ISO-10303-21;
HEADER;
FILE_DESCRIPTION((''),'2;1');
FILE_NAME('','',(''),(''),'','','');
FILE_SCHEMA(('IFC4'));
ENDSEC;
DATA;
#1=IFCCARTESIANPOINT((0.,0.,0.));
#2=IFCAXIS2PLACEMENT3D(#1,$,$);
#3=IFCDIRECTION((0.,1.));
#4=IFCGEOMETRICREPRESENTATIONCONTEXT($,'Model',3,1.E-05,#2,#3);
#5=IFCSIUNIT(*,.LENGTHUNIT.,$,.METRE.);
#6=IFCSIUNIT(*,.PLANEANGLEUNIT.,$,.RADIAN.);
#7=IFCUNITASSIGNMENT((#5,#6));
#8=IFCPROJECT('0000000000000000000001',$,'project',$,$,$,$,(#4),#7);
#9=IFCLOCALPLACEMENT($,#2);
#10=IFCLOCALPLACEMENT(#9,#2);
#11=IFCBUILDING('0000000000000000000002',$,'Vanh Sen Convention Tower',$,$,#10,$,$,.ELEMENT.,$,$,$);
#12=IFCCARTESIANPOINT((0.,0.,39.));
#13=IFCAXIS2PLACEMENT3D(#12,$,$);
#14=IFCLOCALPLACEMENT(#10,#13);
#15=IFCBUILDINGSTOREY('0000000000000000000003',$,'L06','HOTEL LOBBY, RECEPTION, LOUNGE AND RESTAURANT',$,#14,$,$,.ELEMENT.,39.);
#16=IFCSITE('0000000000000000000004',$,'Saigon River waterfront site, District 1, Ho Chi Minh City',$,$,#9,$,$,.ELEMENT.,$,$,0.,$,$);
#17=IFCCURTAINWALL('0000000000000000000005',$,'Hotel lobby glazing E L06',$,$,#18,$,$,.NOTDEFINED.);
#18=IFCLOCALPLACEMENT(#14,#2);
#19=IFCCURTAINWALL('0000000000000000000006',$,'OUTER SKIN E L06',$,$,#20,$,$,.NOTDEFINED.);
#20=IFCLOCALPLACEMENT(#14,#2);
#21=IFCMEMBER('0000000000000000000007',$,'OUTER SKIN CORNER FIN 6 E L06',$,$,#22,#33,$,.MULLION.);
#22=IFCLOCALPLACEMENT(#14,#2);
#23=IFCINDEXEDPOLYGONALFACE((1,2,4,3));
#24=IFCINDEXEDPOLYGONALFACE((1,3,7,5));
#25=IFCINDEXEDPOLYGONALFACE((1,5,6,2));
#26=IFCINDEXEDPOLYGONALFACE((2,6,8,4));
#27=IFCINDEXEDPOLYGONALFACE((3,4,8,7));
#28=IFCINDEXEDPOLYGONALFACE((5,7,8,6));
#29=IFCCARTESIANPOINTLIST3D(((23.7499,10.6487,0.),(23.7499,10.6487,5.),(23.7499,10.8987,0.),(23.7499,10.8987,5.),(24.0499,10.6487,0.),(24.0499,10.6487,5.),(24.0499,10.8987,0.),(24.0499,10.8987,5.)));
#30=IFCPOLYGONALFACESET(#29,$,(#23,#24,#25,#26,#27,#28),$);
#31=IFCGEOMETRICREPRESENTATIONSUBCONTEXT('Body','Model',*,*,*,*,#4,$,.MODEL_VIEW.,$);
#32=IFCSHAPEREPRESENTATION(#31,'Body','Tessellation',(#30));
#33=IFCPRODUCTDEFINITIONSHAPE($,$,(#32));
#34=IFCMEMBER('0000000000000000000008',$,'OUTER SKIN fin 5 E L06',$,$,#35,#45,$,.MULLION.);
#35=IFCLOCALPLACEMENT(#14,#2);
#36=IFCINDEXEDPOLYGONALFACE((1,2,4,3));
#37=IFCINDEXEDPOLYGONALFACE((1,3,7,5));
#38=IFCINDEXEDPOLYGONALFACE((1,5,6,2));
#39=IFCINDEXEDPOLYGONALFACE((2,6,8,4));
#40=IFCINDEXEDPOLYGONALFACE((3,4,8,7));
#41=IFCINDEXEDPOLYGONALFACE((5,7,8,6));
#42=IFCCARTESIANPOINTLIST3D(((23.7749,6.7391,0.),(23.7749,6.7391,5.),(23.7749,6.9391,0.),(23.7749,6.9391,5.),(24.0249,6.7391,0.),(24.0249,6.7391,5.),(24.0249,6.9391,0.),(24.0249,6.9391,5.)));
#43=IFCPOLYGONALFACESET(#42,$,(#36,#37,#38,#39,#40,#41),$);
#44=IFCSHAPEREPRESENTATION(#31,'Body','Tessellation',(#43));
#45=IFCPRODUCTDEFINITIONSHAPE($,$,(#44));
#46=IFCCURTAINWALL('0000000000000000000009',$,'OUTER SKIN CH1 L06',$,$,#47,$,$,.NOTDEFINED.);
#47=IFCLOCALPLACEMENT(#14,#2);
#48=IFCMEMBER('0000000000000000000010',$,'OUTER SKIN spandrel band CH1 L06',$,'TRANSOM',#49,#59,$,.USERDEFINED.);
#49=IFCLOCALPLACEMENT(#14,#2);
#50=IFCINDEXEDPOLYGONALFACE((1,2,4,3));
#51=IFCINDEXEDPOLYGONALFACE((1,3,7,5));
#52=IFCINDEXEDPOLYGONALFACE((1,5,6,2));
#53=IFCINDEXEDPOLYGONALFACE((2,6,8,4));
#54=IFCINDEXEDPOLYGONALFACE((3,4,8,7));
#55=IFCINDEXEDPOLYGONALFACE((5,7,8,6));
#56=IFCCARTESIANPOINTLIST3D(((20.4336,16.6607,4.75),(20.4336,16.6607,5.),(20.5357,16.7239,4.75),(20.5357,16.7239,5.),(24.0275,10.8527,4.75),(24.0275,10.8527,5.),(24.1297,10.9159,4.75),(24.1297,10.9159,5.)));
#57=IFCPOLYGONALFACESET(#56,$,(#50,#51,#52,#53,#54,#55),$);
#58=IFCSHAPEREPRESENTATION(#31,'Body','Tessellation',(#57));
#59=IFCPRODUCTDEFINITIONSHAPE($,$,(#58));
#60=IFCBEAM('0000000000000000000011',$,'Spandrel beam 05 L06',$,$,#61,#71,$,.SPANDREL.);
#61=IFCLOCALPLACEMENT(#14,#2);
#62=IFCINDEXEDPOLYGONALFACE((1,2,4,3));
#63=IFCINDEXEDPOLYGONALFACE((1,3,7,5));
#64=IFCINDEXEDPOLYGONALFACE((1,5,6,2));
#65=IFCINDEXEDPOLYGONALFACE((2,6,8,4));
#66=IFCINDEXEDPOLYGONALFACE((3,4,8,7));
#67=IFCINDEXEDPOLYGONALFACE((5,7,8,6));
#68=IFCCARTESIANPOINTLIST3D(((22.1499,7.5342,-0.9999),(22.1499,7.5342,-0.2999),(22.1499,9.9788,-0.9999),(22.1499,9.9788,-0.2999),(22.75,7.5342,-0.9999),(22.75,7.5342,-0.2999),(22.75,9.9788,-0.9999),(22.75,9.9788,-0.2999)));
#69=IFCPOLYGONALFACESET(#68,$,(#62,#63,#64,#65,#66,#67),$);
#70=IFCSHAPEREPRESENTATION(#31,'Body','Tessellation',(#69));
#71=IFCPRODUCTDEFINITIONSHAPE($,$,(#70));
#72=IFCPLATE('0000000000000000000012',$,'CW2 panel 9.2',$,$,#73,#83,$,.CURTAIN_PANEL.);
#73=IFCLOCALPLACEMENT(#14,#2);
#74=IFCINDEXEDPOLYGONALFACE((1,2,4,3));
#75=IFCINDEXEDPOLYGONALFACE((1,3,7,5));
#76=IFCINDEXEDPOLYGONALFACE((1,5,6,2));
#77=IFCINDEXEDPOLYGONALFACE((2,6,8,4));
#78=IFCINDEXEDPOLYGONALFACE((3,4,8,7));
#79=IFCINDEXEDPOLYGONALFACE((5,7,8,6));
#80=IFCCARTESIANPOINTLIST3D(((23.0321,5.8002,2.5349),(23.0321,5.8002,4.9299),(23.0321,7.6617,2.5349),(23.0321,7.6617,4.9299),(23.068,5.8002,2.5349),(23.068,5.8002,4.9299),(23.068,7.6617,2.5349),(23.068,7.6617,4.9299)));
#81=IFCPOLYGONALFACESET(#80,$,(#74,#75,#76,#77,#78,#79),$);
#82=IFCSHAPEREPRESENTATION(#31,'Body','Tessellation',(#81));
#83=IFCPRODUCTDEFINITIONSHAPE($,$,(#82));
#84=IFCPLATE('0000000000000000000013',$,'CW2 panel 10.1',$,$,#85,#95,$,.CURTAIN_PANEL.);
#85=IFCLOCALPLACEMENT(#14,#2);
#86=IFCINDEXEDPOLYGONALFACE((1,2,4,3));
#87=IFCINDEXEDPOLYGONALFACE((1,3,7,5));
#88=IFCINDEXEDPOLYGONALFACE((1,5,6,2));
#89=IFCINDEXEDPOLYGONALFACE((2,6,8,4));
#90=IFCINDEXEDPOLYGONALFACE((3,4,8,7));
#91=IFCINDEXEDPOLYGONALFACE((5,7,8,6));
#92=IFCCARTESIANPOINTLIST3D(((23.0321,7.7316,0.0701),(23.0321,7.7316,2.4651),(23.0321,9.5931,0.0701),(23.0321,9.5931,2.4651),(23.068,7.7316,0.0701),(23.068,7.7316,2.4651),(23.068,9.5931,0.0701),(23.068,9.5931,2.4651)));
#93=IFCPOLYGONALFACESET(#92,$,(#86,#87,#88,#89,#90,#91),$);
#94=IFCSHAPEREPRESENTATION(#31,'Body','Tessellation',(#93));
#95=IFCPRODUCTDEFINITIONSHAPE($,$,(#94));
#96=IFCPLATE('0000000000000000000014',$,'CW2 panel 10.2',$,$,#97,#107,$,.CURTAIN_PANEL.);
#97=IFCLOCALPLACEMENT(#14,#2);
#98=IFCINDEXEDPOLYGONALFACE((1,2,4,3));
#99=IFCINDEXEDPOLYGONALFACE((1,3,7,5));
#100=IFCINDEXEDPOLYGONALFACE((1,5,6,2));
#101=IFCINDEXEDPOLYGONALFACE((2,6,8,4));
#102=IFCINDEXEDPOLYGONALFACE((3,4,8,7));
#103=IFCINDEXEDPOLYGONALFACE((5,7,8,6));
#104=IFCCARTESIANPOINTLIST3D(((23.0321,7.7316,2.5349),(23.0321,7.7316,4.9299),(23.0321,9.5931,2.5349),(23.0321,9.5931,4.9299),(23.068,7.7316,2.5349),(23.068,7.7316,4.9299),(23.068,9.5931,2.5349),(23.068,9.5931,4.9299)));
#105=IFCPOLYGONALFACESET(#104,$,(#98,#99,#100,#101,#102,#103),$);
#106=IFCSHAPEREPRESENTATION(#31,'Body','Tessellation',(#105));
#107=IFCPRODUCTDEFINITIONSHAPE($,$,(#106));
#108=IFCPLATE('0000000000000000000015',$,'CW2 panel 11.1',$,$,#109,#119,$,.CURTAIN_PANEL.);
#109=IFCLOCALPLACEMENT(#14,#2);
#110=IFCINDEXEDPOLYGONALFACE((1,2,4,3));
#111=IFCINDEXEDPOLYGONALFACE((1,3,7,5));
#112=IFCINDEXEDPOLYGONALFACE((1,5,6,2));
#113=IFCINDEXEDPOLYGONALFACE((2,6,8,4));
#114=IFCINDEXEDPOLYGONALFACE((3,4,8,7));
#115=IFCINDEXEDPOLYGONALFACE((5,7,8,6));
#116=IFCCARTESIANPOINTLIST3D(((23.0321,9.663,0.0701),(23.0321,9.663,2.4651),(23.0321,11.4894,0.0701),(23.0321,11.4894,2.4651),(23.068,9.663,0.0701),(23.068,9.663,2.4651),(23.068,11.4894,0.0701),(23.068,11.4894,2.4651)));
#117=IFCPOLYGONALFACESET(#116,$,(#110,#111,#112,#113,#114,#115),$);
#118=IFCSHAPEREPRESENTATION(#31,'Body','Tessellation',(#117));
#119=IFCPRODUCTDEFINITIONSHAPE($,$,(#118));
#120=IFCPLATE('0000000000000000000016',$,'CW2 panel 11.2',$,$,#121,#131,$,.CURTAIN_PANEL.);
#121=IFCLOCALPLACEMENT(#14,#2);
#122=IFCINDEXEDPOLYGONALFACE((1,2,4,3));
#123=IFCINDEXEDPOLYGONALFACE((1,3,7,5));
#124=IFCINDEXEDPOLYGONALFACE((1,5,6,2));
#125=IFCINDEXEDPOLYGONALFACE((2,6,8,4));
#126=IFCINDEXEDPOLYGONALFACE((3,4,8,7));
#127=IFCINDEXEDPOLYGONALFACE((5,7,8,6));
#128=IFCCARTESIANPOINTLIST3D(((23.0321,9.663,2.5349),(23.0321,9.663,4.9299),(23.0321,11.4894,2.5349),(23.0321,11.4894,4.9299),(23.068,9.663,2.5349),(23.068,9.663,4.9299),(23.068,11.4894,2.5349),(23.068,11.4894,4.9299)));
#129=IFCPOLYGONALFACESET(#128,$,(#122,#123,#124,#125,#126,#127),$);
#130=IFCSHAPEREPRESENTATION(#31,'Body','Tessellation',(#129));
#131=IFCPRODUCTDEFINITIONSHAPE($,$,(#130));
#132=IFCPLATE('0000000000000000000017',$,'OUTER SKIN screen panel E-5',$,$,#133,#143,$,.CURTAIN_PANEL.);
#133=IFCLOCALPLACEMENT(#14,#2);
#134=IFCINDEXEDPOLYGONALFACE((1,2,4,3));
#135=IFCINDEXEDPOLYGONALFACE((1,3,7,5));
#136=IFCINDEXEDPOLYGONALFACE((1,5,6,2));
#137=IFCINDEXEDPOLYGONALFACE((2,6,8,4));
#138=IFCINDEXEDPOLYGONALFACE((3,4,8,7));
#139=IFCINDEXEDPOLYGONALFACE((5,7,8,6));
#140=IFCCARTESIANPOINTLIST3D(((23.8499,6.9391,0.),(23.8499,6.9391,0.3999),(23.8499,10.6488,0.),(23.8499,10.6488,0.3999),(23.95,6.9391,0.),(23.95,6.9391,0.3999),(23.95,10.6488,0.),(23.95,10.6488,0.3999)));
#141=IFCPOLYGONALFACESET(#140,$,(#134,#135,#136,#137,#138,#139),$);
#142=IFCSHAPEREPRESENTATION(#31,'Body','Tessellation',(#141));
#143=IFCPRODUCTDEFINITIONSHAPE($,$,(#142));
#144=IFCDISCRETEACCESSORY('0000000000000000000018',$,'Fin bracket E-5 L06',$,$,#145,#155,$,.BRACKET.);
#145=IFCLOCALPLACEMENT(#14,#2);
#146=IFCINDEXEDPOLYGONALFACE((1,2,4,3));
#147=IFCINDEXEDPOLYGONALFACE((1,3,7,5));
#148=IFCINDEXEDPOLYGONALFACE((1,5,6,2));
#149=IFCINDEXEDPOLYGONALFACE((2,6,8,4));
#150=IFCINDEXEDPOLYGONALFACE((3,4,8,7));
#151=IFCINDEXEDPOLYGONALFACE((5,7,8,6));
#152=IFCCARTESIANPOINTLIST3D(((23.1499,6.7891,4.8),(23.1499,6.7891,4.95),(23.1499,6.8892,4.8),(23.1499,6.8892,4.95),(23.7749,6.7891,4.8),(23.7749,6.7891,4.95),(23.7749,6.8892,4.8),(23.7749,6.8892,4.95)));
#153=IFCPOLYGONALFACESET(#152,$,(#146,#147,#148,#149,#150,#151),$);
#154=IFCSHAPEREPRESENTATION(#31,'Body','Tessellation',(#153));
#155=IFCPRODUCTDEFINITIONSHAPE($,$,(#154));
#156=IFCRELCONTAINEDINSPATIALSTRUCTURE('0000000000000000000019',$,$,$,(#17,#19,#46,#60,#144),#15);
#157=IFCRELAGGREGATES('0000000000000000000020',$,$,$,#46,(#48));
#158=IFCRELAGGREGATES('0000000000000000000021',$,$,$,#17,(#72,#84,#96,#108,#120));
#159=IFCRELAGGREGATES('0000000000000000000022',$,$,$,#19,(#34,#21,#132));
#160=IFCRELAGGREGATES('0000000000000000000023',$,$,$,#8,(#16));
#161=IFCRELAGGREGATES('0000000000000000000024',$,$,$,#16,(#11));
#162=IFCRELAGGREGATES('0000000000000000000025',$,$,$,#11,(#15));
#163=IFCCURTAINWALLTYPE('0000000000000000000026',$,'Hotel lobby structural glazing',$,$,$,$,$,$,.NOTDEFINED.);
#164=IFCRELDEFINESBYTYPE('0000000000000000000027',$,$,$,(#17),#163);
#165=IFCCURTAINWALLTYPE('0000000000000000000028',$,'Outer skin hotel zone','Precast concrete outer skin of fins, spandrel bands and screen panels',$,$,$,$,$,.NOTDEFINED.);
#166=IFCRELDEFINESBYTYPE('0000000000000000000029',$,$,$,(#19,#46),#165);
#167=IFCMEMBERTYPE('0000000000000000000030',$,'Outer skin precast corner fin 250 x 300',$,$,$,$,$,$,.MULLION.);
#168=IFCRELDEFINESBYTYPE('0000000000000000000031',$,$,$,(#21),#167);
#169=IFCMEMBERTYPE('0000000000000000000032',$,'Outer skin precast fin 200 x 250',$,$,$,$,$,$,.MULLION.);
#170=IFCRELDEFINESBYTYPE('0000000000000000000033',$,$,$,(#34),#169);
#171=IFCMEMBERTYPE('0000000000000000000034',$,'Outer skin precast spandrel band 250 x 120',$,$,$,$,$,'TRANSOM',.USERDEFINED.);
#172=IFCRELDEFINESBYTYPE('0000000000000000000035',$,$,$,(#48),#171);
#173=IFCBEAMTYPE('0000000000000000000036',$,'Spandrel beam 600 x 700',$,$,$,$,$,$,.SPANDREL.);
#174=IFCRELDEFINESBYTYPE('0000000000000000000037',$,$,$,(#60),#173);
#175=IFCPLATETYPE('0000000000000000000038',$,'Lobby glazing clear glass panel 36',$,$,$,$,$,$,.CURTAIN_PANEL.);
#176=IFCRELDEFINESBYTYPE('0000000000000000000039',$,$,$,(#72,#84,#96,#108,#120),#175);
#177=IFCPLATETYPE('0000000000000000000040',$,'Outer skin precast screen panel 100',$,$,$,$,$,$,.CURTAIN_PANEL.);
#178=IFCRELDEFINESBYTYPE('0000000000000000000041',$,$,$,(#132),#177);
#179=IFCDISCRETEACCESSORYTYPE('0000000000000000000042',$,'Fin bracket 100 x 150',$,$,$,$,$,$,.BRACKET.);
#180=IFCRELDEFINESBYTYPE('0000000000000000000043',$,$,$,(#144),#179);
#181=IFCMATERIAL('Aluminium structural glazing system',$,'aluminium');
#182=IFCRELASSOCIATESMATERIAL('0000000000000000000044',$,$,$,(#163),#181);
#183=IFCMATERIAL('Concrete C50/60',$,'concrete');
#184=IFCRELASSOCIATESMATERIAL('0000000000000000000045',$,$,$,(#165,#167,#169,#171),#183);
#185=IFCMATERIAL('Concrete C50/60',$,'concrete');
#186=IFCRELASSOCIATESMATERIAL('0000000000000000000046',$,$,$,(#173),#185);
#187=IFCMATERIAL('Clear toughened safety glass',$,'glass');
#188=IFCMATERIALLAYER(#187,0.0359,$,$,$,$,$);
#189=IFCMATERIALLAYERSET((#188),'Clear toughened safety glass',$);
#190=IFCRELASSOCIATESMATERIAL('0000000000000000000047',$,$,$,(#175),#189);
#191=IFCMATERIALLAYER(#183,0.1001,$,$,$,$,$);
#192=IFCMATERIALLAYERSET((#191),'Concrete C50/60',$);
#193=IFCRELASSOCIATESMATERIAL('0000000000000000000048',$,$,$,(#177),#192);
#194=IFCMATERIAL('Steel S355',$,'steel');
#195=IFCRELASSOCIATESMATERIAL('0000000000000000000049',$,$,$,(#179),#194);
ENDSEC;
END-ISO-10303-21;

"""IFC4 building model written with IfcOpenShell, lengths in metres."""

from ifc_helpers import new_model, si_unit, direction, frame, origin, origin_2d, place, context, subcontext, project, spatial, rectangle, extrude, material, layer, layer_set, material_profile, profile_set, type_object, element, aggregate, save


model = new_model("IFC4")

# Units and contexts
model_context = context("Model", 3, precision=1e-05, world=origin(), true_north=direction((0.0, 1.0)))
body_context = subcontext(model_context, "Body", "Model", "MODEL_VIEW")
ifc_project = project(units=[si_unit("LENGTHUNIT", "METRE"), si_unit("PLANEANGLEUNIT", "RADIAN")], contexts=[model_context])

# Site, building, storey
site_placement = place(None, origin())
site = spatial("IfcSite", under=ifc_project, at=site_placement, Name="Saigon River waterfront site, District 1, Ho Chi Minh City", CompositionType="ELEMENT", RefElevation=0.0)
building_placement = place(site_placement, origin())
building = spatial("IfcBuilding", under=site, at=building_placement, Name="Vanh Sen Convention Tower", CompositionType="ELEMENT")
storey_placement = place(building_placement, frame((0.0, 0.0, 39.0)))
storey = spatial("IfcBuildingStorey", under=building, at=storey_placement, Name="L06", Description="HOTEL LOBBY, RECEPTION, LOUNGE AND RESTAURANT", CompositionType="ELEMENT", Elevation=39.0)

# Curtain wall
ifc_material_1 = material(Name="Aluminium structural glazing system", Category="aluminium")
curtain_wall_type_1 = type_object("IfcCurtainWallType", Name="Hotel lobby structural glazing", PredefinedType="NOTDEFINED", material=ifc_material_1)
curtain_wall_1_placement = place(storey_placement, origin())
curtain_wall_1 = element("IfcCurtainWall", 1, at=curtain_wall_1_placement, inside=storey, type_object=curtain_wall_type_1, Name="Hotel lobby glazing E L06", PredefinedType="NOTDEFINED")

# Curtain wall, members
ifc_material_2 = material(Name="Concrete C50/60", Category="concrete")
curtain_wall_type_2 = type_object("IfcCurtainWallType", Name="Outer skin hotel zone", Description="Precast concrete outer skin of fins, spandrel bands and screen panels", PredefinedType="NOTDEFINED", material=ifc_material_2)
curtain_wall_2_placement = place(storey_placement, origin())
curtain_wall_2 = element("IfcCurtainWall", 2, at=curtain_wall_2_placement, inside=storey, type_object=curtain_wall_type_2, Name="OUTER SKIN E L06", PredefinedType="NOTDEFINED")
ifc_material_profile_1 = material_profile(ifc_material_2, rectangle(XDim=0.25, YDim=0.3, at=origin_2d()), Name="Outer skin precast corner fin 250 x 300")
ifc_profile_set_1 = profile_set([ifc_material_profile_1], Name="Concrete C50/60")
member_type_1 = type_object("IfcMemberType", Name="Outer skin precast corner fin 250 x 300", PredefinedType="MULLION", material=ifc_profile_set_1)
member_1_placement = place(storey_placement, frame((23.8999, 10.7737, 0.0), z_axis=(0.0, 0.0, 1.0), x_axis=(0.0, 1.0, 0.0)))
member_1 = element("IfcMember", 3, at=member_1_placement, type_object=member_type_1, Name="OUTER SKIN CORNER FIN 6 E L06", PredefinedType="MULLION", context=body_context, shape_type="SweptSolid", body=[
    extrude(rectangle(XDim=0.25, YDim=0.3, at=origin_2d()), origin(), (0.0, 0.0, 1.0), 5.0),
])
ifc_material_profile_2 = material_profile(ifc_material_2, rectangle(XDim=0.2, YDim=0.25, at=origin_2d()), Name="Outer skin precast fin 200 x 250")
ifc_profile_set_2 = profile_set([ifc_material_profile_2], Name="Concrete C50/60")
member_type_2 = type_object("IfcMemberType", Name="Outer skin precast fin 200 x 250", PredefinedType="MULLION", material=ifc_profile_set_2)
member_2_placement = place(storey_placement, frame((23.8999, 6.8391, 0.0), z_axis=(0.0, 0.0, 1.0), x_axis=(0.0, 1.0, 0.0)))
member_2 = element("IfcMember", 4, at=member_2_placement, type_object=member_type_2, Name="OUTER SKIN fin 5 E L06", PredefinedType="MULLION", context=body_context, shape_type="SweptSolid", body=[
    extrude(rectangle(XDim=0.2, YDim=0.25, at=origin_2d()), origin(), (0.0, 0.0, 1.0), 5.0),
])

# Curtain wall, member
curtain_wall_3_placement = place(storey_placement, origin())
curtain_wall_3 = element("IfcCurtainWall", 5, at=curtain_wall_3_placement, inside=storey, type_object=curtain_wall_type_2, Name="OUTER SKIN CH1 L06", PredefinedType="NOTDEFINED")
ifc_material_profile_3 = material_profile(ifc_material_2, rectangle(XDim=0.1201, YDim=0.25, at=origin_2d()), Name="Outer skin precast spandrel band 250 x 120")
ifc_profile_set_3 = profile_set([ifc_material_profile_3], Name="Concrete C50/60")
member_type_3 = type_object("IfcMemberType", Name="Outer skin precast spandrel band 250 x 120", ElementType="TRANSOM", PredefinedType="USERDEFINED", material=ifc_profile_set_3)
member_3_placement = place(storey_placement, frame((24.0786, 10.8843, 4.875), z_axis=(-0.526196, 0.850363, 0.0), x_axis=(-0.850363, -0.526196, 0.0)))
member_3 = element("IfcMember", 6, at=member_3_placement, type_object=member_type_3, Name="OUTER SKIN spandrel band CH1 L06", ObjectType="TRANSOM", PredefinedType="USERDEFINED", context=body_context, shape_type="SweptSolid", body=[
    extrude(rectangle(XDim=0.1201, YDim=0.25, at=origin_2d()), origin(), (0.0, 0.0, 1.0), 6.8301),
])
aggregate(curtain_wall_3, [member_3])

# Beam
ifc_material_3 = material(Name="Concrete C50/60", Category="concrete")
ifc_material_profile_4 = material_profile(ifc_material_3, rectangle(XDim=0.6001, YDim=0.7, at=origin_2d()), Name="RC 600X700")
ifc_profile_set_4 = profile_set([ifc_material_profile_4], Name="Concrete C50/60")
beam_type = type_object("IfcBeamType", Name="Spandrel beam 600 x 700", PredefinedType="SPANDREL", material=ifc_profile_set_4)
beam_placement = place(storey_placement, frame((22.45, 7.5342, -0.6499), z_axis=(0.0, 1.0, 0.0), x_axis=(-1.0, 0.0, 0.0)))
element("IfcBeam", 7, at=beam_placement, inside=storey, type_object=beam_type, Name="Spandrel beam 05 L06", PredefinedType="SPANDREL", context=body_context, shape_type="SweptSolid", body=[
    extrude(rectangle(XDim=0.6001, YDim=0.7, at=origin_2d()), origin(), (0.0, 0.0, 1.0), 2.4446),
])

# Plates
ifc_material_4 = material(Name="Clear toughened safety glass", Category="glass")
ifc_layer_1 = layer(ifc_material_4, 0.0359)
ifc_layer_set_1 = layer_set([ifc_layer_1], Name="Clear toughened safety glass")
plate_type_1 = type_object("IfcPlateType", Name="Lobby glazing clear glass panel 36", PredefinedType="CURTAIN_PANEL", material=ifc_layer_set_1)
plate_1_placement = place(storey_placement, frame((23.05, 6.731, 2.5349), z_axis=(0.0, 0.0, 1.0), x_axis=(0.0, 1.0, 0.0)))
plate_1 = element("IfcPlate", 8, at=plate_1_placement, type_object=plate_type_1, Name="CW2 panel 9.2", PredefinedType="CURTAIN_PANEL", context=body_context, shape_type="SweptSolid", body=[
    extrude(rectangle(XDim=1.8616, YDim=0.0359, at=origin_2d()), origin(), (0.0, 0.0, 1.0), 2.395),
])
plate_2_placement = place(storey_placement, frame((23.05, 8.6624, 0.0701), z_axis=(0.0, 0.0, 1.0), x_axis=(0.0, 1.0, 0.0)))
plate_2 = element("IfcPlate", 9, at=plate_2_placement, type_object=plate_type_1, Name="CW2 panel 10.1", PredefinedType="CURTAIN_PANEL", context=body_context, shape_type="SweptSolid", body=[
    extrude(rectangle(XDim=1.8616, YDim=0.0359, at=origin_2d()), origin(), (0.0, 0.0, 1.0), 2.395),
])
plate_3_placement = place(storey_placement, frame((23.05, 8.6624, 2.5349), z_axis=(0.0, 0.0, 1.0), x_axis=(0.0, 1.0, 0.0)))
plate_3 = element("IfcPlate", 10, at=plate_3_placement, type_object=plate_type_1, Name="CW2 panel 10.2", PredefinedType="CURTAIN_PANEL", context=body_context, shape_type="SweptSolid", body=[
    extrude(rectangle(XDim=1.8616, YDim=0.0359, at=origin_2d()), origin(), (0.0, 0.0, 1.0), 2.395),
])
plate_4_placement = place(storey_placement, frame((23.05, 10.5762, 0.0701), z_axis=(0.0, 0.0, 1.0), x_axis=(0.0, 1.0, 0.0)))
plate_4 = element("IfcPlate", 11, at=plate_4_placement, type_object=plate_type_1, Name="CW2 panel 11.1", PredefinedType="CURTAIN_PANEL", context=body_context, shape_type="SweptSolid", body=[
    extrude(rectangle(XDim=1.8264, YDim=0.0359, at=origin_2d()), origin(), (0.0, 0.0, 1.0), 2.395),
])
plate_5_placement = place(storey_placement, frame((23.05, 10.5762, 2.5349), z_axis=(0.0, 0.0, 1.0), x_axis=(0.0, 1.0, 0.0)))
plate_5 = element("IfcPlate", 12, at=plate_5_placement, type_object=plate_type_1, Name="CW2 panel 11.2", PredefinedType="CURTAIN_PANEL", context=body_context, shape_type="SweptSolid", body=[
    extrude(rectangle(XDim=1.8264, YDim=0.0359, at=origin_2d()), origin(), (0.0, 0.0, 1.0), 2.395),
])
aggregate(curtain_wall_1, [plate_1, plate_2, plate_3, plate_4, plate_5])
ifc_layer_2 = layer(ifc_material_2, 0.1001)
ifc_layer_set_2 = layer_set([ifc_layer_2], Name="Concrete C50/60")
plate_type_2 = type_object("IfcPlateType", Name="Outer skin precast screen panel 100", PredefinedType="CURTAIN_PANEL", material=ifc_layer_set_2)
plate_6_placement = place(storey_placement, frame((23.8999, 8.7939, 0.0), z_axis=(0.0, 0.0, 1.0), x_axis=(0.0, 1.0, 0.0)))
plate_6 = element("IfcPlate", 13, at=plate_6_placement, type_object=plate_type_2, Name="OUTER SKIN screen panel E-5", PredefinedType="CURTAIN_PANEL", context=body_context, shape_type="SweptSolid", body=[
    extrude(rectangle(XDim=3.7097, YDim=0.1001, at=origin_2d()), origin(), (0.0, 0.0, 1.0), 0.3999),
])
aggregate(curtain_wall_2, [member_2, member_1, plate_6])

# Discrete accessory
ifc_material_5 = material(Name="Steel S355", Category="steel")
discrete_accessory_type = type_object("IfcDiscreteAccessoryType", Name="Fin bracket 100 x 150", PredefinedType="BRACKET", material=ifc_material_5)
discrete_accessory_placement = place(storey_placement, frame((23.4624, 6.8391, 4.8), z_axis=(0.0, 0.0, 1.0), x_axis=(1.0, 0.0, 0.0)))
element("IfcDiscreteAccessory", 14, at=discrete_accessory_placement, inside=storey, type_object=discrete_accessory_type, Name="Fin bracket E-5 L06", PredefinedType="BRACKET", context=body_context, shape_type="SweptSolid", body=[
    extrude(rectangle(XDim=0.625, YDim=0.1001, at=origin_2d()), origin(), (0.0, 0.0, 1.0), 0.1499),
])

save(model, "model.ifc")
